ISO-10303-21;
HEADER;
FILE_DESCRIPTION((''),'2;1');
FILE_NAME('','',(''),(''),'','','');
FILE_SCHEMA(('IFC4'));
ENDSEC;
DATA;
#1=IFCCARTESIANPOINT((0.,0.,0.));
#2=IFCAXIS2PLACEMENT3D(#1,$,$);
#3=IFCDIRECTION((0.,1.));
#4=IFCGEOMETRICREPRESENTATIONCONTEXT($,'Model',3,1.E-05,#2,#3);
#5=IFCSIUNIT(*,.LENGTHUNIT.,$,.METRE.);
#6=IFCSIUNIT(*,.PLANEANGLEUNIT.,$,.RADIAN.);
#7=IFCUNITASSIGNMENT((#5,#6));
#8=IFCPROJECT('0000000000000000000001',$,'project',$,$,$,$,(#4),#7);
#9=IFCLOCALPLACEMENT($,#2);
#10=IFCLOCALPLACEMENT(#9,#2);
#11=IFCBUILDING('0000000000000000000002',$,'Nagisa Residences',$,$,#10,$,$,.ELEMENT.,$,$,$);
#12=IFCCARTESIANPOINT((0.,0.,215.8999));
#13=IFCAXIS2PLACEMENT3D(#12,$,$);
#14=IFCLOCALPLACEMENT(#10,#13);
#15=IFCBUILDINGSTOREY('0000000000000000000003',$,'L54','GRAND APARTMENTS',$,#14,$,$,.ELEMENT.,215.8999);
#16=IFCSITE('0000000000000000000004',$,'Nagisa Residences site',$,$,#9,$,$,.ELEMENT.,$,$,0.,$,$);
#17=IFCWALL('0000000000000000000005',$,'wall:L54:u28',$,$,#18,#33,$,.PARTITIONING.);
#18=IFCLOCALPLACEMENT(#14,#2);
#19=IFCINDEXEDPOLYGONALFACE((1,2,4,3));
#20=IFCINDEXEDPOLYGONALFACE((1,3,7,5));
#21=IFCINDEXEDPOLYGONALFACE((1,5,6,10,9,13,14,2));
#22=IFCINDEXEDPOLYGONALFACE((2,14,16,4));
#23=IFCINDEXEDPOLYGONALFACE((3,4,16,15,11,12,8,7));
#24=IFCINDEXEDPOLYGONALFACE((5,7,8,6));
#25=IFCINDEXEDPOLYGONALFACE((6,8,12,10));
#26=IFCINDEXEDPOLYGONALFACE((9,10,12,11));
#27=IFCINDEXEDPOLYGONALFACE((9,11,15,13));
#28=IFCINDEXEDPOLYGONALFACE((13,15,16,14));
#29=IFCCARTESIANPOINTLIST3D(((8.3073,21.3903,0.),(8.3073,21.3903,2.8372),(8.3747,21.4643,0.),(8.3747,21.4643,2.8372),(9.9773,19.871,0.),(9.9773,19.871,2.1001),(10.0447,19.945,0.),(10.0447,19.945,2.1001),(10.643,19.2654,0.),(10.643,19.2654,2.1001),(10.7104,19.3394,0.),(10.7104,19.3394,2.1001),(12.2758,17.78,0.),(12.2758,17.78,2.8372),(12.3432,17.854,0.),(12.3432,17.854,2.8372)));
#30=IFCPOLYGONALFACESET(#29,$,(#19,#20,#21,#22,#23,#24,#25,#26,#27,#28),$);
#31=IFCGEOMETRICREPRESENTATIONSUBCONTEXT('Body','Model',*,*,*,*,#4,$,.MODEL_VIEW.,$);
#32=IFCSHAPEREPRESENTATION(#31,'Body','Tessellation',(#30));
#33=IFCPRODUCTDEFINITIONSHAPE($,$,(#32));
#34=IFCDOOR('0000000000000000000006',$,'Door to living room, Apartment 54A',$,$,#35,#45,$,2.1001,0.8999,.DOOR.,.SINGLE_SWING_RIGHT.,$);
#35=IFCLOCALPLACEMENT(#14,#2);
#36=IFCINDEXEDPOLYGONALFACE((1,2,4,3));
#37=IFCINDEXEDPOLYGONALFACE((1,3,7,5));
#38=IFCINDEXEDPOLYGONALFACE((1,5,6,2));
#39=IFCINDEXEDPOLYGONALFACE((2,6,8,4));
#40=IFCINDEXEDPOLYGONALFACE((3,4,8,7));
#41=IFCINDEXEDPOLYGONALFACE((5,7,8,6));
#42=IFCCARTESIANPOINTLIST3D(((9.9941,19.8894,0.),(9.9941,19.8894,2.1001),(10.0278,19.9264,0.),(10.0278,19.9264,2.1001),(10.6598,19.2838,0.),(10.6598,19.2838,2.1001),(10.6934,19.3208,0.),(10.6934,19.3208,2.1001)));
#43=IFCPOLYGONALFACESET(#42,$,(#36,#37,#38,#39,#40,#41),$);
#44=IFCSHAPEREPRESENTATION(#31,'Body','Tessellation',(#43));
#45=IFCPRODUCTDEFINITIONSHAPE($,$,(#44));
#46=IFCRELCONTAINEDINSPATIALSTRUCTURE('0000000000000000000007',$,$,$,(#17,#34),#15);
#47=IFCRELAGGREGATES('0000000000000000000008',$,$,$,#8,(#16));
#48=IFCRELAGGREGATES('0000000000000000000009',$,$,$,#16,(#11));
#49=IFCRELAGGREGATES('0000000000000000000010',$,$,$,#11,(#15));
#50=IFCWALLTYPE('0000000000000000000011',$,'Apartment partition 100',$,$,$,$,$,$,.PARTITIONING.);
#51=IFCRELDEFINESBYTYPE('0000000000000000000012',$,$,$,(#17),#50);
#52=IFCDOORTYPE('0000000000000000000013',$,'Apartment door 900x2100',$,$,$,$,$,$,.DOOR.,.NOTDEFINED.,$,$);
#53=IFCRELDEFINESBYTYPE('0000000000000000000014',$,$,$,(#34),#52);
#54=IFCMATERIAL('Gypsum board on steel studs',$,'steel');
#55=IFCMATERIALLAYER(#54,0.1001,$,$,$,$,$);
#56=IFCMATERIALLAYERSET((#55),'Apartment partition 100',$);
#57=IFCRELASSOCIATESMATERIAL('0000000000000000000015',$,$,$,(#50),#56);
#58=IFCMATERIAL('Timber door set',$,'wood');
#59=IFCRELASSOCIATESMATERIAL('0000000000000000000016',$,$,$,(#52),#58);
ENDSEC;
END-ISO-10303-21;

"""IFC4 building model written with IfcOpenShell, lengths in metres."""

from ifc_helpers import new_model, si_unit, direction, frame, frame_2d, origin, place, context, subcontext, project, spatial, rectangle, extrude, material, layer, layer_set, type_object, element, fill, save


model = new_model("IFC4")

# Units and contexts
model_context = context("Model", 3, precision=1e-05, world=origin(), true_north=direction((0.0, 1.0)))
body_context = subcontext(model_context, "Body", "Model", "MODEL_VIEW")
ifc_project = project(units=[si_unit("LENGTHUNIT", "METRE"), si_unit("PLANEANGLEUNIT", "RADIAN")], contexts=[model_context])

# Site, building, storey
site_placement = place(None, origin())
site = spatial("IfcSite", under=ifc_project, at=site_placement, Name="Nagisa Residences site", CompositionType="ELEMENT", RefElevation=0.0)
building_placement = place(site_placement, origin())
building = spatial("IfcBuilding", under=site, at=building_placement, Name="Nagisa Residences", CompositionType="ELEMENT")
storey_placement = place(building_placement, frame((0.0, 0.0, 215.8999)))
storey = spatial("IfcBuildingStorey", under=building, at=storey_placement, Name="L54", Description="GRAND APARTMENTS", CompositionType="ELEMENT", Elevation=215.8999)

# Wall, opening, door
ifc_material_1 = material(Name="Gypsum board on steel studs", Category="steel")
ifc_layer_1 = layer(ifc_material_1, 0.1001)
ifc_layer_set_1 = layer_set([ifc_layer_1], Name="Apartment partition 100")
wall_type_1 = type_object("IfcWallType", Name="Apartment partition 100", PredefinedType="PARTITIONING", material=ifc_layer_set_1)
ifc_material_2 = material(Name="Timber door set", Category="wood")
door_type_1 = type_object("IfcDoorType", Name="Apartment door 900x2100", OperationType="NOTDEFINED", PredefinedType="DOOR", material=ifc_material_2)
wall_1_placement = place(storey_placement, frame((12.3096, 17.8169, 0.0), z_axis=(0.0, 0.0, 1.0), x_axis=(-0.739697, 0.67294, 0.0)))
wall_1 = element("IfcWall", 1, at=wall_1_placement, inside=storey, type_object=wall_type_1, Name="wall:L54:u28", PredefinedType="PARTITIONING", context=body_context, shape_type="SweptSolid", body=[
    extrude(rectangle(XDim=5.365, YDim=0.1001, at=frame_2d((2.6826, 0.0))), origin(), (0.0, 0.0, 1.0), 2.8372),
])
opening_1_placement = place(wall_1_placement, frame((2.2075, 0.0, 0.0)))
opening_1 = element("IfcOpeningElement", 2, at=opening_1_placement, cuts=wall_1, PredefinedType="OPENING", context=body_context, shape_type="SweptSolid", body=[
    extrude(rectangle(XDim=0.8999, YDim=2.1001, at=frame_2d((0.45, 1.05))), frame((0.0, 0.0601, 0.0), z_axis=(0.0, -1.0, 0.0), x_axis=(1.0, 0.0, 0.0)), (0.0, 0.0, 1.0), 0.1201),
])
door_1_placement = place(opening_1_placement, frame((0.8999, 0.0, 0.0), x_axis=(-1.0, 0.0, 0.0)))
door_1 = element("IfcDoor", 3, at=door_1_placement, inside=storey, type_object=door_type_1, Name="Door to living room, Apartment 54A", OperationType="SINGLE_SWING_RIGHT", OverallHeight=2.1001, OverallWidth=0.8999, PredefinedType="DOOR", context=body_context, shape_type="SweptSolid", body=[
    extrude(rectangle(XDim=0.8999, YDim=2.1001, at=frame_2d((0.45, 1.05))), frame((0.0, 0.0249, 0.0), z_axis=(0.0, -1.0, 0.0), x_axis=(1.0, 0.0, 0.0)), (0.0, 0.0, 1.0), 0.05),
])
fill(opening_1, door_1)

save(model, "model.ifc")
